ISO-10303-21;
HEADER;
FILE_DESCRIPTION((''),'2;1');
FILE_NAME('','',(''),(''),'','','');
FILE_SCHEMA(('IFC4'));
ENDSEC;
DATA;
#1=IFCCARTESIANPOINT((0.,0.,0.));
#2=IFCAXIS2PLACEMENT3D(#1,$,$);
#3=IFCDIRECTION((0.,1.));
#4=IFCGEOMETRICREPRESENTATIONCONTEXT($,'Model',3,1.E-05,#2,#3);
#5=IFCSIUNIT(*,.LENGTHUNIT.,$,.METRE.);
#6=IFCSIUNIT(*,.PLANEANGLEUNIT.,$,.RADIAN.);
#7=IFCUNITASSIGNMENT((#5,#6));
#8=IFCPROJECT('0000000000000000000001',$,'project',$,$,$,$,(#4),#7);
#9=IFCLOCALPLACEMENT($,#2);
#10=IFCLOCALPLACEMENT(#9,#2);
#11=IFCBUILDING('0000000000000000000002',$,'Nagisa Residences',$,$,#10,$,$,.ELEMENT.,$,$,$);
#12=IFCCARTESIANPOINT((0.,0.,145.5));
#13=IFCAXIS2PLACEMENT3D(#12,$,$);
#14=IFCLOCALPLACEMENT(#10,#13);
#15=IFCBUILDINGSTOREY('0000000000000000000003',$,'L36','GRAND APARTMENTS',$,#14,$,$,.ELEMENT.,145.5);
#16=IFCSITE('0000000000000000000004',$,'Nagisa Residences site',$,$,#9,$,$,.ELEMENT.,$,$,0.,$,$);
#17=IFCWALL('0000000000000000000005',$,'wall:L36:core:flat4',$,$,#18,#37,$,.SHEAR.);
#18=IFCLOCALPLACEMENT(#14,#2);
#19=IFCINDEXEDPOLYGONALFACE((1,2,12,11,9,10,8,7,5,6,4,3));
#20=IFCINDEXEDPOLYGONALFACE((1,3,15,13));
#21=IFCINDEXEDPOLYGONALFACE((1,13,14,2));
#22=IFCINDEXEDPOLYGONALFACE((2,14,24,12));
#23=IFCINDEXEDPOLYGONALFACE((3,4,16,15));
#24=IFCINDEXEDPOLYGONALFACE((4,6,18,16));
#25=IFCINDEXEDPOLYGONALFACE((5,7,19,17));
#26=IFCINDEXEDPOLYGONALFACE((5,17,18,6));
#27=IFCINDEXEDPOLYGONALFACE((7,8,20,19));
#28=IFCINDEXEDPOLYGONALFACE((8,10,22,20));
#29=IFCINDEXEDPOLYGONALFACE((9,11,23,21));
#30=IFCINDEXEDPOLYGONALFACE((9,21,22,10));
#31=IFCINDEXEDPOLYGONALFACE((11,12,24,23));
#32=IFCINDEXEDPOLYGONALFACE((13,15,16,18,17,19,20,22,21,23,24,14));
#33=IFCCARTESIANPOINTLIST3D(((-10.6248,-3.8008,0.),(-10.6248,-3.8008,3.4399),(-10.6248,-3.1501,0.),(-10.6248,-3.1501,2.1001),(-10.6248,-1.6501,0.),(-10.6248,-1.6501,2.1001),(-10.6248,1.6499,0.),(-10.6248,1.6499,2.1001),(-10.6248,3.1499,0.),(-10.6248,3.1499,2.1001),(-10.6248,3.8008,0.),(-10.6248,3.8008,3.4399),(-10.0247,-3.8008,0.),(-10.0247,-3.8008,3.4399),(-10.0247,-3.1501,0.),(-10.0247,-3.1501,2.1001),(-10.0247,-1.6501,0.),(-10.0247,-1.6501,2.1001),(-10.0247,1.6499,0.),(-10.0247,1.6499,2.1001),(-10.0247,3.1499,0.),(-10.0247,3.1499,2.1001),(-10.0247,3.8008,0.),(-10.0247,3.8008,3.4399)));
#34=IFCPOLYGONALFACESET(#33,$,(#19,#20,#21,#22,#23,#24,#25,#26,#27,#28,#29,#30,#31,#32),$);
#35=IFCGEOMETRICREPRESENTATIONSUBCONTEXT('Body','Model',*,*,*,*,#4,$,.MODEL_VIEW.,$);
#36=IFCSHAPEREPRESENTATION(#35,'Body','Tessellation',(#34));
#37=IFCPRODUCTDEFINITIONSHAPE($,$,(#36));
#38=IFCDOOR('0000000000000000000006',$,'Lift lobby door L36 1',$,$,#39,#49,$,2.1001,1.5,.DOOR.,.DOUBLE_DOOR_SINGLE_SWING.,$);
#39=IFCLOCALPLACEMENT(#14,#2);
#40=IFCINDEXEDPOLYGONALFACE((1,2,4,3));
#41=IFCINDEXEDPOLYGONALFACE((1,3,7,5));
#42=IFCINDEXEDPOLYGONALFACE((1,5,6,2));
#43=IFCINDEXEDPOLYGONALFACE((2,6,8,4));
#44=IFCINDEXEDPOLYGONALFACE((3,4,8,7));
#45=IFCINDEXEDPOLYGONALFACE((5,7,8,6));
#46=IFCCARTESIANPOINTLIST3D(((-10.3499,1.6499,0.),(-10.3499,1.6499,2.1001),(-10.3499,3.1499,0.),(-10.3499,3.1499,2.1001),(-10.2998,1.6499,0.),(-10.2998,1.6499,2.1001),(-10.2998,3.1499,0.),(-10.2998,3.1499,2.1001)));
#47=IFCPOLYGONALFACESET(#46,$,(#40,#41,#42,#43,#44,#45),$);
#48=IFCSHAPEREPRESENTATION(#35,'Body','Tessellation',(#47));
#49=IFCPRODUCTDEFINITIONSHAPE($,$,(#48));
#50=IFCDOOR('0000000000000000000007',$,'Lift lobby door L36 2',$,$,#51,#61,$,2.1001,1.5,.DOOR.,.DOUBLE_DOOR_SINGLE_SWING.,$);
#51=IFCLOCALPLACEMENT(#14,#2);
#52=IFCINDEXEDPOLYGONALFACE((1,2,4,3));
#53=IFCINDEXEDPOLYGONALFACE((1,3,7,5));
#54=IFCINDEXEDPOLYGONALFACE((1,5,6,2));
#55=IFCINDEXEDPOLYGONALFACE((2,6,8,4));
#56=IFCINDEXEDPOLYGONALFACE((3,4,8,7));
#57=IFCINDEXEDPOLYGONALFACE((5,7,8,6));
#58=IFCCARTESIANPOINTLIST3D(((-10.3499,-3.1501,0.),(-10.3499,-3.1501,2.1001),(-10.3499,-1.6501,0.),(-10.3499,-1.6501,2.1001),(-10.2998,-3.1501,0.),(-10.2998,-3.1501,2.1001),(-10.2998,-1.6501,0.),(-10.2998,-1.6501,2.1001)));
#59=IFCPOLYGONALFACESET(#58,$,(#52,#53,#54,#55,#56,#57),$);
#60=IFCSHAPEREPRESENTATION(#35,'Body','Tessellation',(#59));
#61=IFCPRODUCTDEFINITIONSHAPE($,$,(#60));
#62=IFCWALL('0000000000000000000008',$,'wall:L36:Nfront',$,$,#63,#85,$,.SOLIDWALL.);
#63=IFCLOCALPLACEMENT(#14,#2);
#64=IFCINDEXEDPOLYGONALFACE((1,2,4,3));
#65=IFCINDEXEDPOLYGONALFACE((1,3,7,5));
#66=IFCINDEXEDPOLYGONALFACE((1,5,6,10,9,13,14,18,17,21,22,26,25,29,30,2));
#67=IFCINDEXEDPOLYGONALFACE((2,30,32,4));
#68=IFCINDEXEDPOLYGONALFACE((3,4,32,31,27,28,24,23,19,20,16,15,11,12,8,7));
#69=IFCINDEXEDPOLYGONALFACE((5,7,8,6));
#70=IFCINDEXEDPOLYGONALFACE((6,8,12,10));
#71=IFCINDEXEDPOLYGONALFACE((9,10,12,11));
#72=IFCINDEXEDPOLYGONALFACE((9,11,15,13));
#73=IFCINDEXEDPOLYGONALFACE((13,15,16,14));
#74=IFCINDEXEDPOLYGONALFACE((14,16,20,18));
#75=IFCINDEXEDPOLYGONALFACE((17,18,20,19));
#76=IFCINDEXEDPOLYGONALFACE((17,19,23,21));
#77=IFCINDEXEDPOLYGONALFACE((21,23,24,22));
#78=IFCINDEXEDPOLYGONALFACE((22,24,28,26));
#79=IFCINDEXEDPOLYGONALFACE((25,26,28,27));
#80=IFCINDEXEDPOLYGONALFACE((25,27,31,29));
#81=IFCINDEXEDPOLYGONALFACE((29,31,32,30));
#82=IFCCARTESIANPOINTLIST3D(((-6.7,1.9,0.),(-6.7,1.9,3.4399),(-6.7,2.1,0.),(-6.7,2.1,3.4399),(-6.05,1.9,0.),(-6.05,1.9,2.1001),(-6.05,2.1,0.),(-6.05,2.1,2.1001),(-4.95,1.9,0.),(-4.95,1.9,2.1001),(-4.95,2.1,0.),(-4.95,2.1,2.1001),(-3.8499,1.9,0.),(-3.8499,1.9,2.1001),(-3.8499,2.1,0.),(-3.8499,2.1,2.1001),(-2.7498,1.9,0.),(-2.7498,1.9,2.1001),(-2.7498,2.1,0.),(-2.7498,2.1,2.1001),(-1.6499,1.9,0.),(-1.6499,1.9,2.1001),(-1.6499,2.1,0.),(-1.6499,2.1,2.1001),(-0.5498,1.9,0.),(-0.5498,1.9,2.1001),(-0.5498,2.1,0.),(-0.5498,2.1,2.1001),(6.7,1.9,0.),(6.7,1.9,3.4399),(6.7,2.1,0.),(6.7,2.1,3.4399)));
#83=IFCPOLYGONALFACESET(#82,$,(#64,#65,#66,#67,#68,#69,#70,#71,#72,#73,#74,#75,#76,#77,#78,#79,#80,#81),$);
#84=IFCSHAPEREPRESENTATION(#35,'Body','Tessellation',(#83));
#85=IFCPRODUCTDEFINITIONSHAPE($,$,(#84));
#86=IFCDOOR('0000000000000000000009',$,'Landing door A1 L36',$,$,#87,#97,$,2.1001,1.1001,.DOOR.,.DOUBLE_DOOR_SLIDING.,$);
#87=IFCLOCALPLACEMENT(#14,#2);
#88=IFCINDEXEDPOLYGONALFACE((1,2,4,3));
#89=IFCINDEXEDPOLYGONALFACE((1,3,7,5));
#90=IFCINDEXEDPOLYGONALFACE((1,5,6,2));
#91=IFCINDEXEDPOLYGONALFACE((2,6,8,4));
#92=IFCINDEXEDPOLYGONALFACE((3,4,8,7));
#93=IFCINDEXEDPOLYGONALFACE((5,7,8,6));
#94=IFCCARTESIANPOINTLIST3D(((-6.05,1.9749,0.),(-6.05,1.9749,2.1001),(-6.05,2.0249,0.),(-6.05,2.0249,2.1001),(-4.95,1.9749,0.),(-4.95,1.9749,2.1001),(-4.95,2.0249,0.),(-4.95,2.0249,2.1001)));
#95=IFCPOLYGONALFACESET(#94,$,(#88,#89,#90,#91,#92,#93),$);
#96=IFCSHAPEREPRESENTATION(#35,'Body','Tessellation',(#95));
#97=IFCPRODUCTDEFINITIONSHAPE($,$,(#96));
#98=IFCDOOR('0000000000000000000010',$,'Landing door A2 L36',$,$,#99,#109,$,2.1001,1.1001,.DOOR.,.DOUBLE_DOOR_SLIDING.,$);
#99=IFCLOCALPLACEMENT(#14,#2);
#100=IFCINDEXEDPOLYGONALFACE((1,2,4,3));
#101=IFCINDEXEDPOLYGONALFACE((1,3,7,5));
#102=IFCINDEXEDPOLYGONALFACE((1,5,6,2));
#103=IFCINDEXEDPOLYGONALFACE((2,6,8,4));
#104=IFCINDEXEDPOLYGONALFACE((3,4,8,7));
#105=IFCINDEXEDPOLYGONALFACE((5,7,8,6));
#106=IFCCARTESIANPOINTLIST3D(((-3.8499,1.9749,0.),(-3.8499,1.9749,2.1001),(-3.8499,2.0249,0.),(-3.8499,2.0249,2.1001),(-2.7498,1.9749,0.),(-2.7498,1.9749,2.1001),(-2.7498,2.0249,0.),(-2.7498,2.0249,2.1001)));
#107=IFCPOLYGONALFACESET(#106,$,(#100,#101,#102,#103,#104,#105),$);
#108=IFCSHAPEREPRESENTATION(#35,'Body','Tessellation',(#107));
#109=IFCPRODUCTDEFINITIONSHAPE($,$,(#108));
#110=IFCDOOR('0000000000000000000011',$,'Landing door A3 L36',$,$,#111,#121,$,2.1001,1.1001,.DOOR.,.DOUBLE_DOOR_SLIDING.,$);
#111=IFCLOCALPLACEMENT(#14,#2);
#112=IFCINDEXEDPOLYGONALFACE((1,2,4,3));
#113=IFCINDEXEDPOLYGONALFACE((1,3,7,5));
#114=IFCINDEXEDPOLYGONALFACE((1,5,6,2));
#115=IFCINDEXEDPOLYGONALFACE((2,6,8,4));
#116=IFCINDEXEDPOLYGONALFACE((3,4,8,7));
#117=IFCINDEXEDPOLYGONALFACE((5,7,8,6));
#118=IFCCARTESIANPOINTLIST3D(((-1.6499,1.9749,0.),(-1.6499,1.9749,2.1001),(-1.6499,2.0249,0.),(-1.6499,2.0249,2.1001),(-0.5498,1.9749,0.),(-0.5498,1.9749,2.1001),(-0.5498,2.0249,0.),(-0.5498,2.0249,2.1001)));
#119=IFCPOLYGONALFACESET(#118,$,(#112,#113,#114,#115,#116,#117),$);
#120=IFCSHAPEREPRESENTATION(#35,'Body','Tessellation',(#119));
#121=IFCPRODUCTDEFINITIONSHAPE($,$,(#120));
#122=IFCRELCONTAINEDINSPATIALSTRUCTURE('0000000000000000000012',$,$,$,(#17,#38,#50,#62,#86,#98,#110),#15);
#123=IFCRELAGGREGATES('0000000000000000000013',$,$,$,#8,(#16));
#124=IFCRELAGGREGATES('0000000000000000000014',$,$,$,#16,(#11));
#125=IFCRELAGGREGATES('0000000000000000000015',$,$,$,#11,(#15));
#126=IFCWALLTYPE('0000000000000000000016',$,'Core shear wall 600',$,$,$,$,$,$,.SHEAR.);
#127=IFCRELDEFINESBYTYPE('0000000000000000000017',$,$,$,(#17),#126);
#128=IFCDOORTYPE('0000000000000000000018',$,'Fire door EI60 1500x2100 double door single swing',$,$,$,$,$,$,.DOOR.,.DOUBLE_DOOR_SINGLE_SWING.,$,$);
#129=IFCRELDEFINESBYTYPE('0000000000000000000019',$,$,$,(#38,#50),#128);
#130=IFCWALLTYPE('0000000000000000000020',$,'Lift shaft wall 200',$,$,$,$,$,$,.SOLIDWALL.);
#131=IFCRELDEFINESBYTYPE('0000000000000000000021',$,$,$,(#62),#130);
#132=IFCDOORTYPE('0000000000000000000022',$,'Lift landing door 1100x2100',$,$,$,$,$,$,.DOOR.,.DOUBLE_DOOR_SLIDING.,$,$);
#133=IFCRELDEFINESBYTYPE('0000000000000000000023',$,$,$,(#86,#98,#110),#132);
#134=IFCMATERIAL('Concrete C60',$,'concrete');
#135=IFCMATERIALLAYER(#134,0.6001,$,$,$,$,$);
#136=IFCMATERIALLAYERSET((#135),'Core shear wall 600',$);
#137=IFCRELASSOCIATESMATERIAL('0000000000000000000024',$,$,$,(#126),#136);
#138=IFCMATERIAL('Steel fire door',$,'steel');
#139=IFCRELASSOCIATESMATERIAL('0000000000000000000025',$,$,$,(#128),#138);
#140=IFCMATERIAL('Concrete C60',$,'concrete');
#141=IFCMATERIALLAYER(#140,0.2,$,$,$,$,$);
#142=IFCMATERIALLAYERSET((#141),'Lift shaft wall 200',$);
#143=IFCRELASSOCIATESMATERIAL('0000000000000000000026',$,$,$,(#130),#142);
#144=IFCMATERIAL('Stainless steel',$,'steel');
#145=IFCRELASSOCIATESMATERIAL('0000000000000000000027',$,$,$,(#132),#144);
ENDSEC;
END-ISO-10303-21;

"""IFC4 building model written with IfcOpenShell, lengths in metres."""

from ifc_helpers import new_model, si_unit, direction, frame, frame_2d, origin, place, context, subcontext, project, spatial, rectangle, extrude, material, layer, layer_set, type_object, element, fill, save


model = new_model("IFC4")

# Units and contexts
model_context = context("Model", 3, precision=1e-05, world=origin(), true_north=direction((0.0, 1.0)))
body_context = subcontext(model_context, "Body", "Model", "MODEL_VIEW")
ifc_project = project(units=[si_unit("LENGTHUNIT", "METRE"), si_unit("PLANEANGLEUNIT", "RADIAN")], contexts=[model_context])

# Site, building, storey
site_placement = place(None, origin())
site = spatial("IfcSite", under=ifc_project, at=site_placement, Name="Nagisa Residences site", CompositionType="ELEMENT", RefElevation=0.0)
building_placement = place(site_placement, origin())
building = spatial("IfcBuilding", under=site, at=building_placement, Name="Nagisa Residences", CompositionType="ELEMENT")
storey_placement = place(building_placement, frame((0.0, 0.0, 145.5)))
storey = spatial("IfcBuildingStorey", under=building, at=storey_placement, Name="L36", Description="GRAND APARTMENTS", CompositionType="ELEMENT", Elevation=145.5)

# Walls, openings, doors
ifc_material_1 = material(Name="Concrete C60", Category="concrete")
ifc_layer_1 = layer(ifc_material_1, 0.6001)
ifc_layer_set_1 = layer_set([ifc_layer_1], Name="Core shear wall 600")
wall_type_1 = type_object("IfcWallType", Name="Core shear wall 600", PredefinedType="SHEAR", material=ifc_layer_set_1)
wall_1_placement = place(storey_placement, frame((-10.3247, 3.8008, 0.0), z_axis=(0.0, 0.0, 1.0), x_axis=(0.0, -1.0, 0.0)))
wall_1 = element("IfcWall", 1, at=wall_1_placement, inside=storey, type_object=wall_type_1, Name="wall:L36:core:flat4", PredefinedType="SHEAR", context=body_context, shape_type="SweptSolid", body=[
    extrude(rectangle(XDim=7.6016, YDim=0.6001, at=frame_2d((3.8008, 0.0))), origin(), (0.0, 0.0, 1.0), 3.4399),
])
opening_1_placement = place(wall_1_placement, frame((0.6509, 0.0, 0.0)))
opening_1 = element("IfcOpeningElement", 2, at=opening_1_placement, cuts=wall_1, PredefinedType="OPENING", context=body_context, shape_type="SweptSolid", body=[
    extrude(rectangle(XDim=1.5, YDim=2.1001, at=frame_2d((0.75, 1.05))), frame((0.0, 0.3101, 0.0), z_axis=(0.0, -1.0, 0.0), x_axis=(1.0, 0.0, 0.0)), (0.0, 0.0, 1.0), 0.6201),
])
opening_2_placement = place(wall_1_placement, frame((5.4509, 0.0, 0.0)))
opening_2 = element("IfcOpeningElement", 3, at=opening_2_placement, cuts=wall_1, PredefinedType="OPENING", context=body_context, shape_type="SweptSolid", body=[
    extrude(rectangle(XDim=1.5, YDim=2.1001, at=frame_2d((0.75, 1.05))), frame((0.0, 0.3101, 0.0), z_axis=(0.0, -1.0, 0.0), x_axis=(1.0, 0.0, 0.0)), (0.0, 0.0, 1.0), 0.6201),
])
ifc_material_2 = material(Name="Steel fire door", Category="steel")
door_type_1 = type_object("IfcDoorType", Name="Fire door EI60 1500x2100 double door single swing", OperationType="DOUBLE_DOOR_SINGLE_SWING", PredefinedType="DOOR", material=ifc_material_2)
door_1_placement = place(opening_1_placement, origin())
door_1 = element("IfcDoor", 4, at=door_1_placement, inside=storey, type_object=door_type_1, Name="Lift lobby door L36 1", OperationType="DOUBLE_DOOR_SINGLE_SWING", OverallHeight=2.1001, OverallWidth=1.5, PredefinedType="DOOR", context=body_context, shape_type="SweptSolid", body=[
    extrude(rectangle(XDim=1.5, YDim=2.1001, at=frame_2d((0.75, 1.05))), frame((0.0, 0.0249, 0.0), z_axis=(0.0, -1.0, 0.0), x_axis=(1.0, 0.0, 0.0)), (0.0, 0.0, 1.0), 0.05),
])
fill(opening_1, door_1)
door_2_placement = place(opening_2_placement, origin())
door_2 = element("IfcDoor", 5, at=door_2_placement, inside=storey, type_object=door_type_1, Name="Lift lobby door L36 2", OperationType="DOUBLE_DOOR_SINGLE_SWING", OverallHeight=2.1001, OverallWidth=1.5, PredefinedType="DOOR", context=body_context, shape_type="SweptSolid", body=[
    extrude(rectangle(XDim=1.5, YDim=2.1001, at=frame_2d((0.75, 1.05))), frame((0.0, 0.0249, 0.0), z_axis=(0.0, -1.0, 0.0), x_axis=(1.0, 0.0, 0.0)), (0.0, 0.0, 1.0), 0.05),
])
fill(opening_2, door_2)
ifc_material_3 = material(Name="Concrete C60", Category="concrete")
ifc_layer_2 = layer(ifc_material_3, 0.2)
ifc_layer_set_2 = layer_set([ifc_layer_2], Name="Lift shaft wall 200")
wall_type_2 = type_object("IfcWallType", Name="Lift shaft wall 200", PredefinedType="SOLIDWALL", material=ifc_layer_set_2)
wall_2_placement = place(storey_placement, frame((-6.7, 2.0, 0.0), z_axis=(0.0, 0.0, 1.0), x_axis=(1.0, 0.0, 0.0)))
wall_2 = element("IfcWall", 6, at=wall_2_placement, inside=storey, type_object=wall_type_2, Name="wall:L36:Nfront", PredefinedType="SOLIDWALL", context=body_context, shape_type="SweptSolid", body=[
    extrude(rectangle(XDim=13.3999, YDim=0.2, at=frame_2d((6.7, 0.0))), origin(), (0.0, 0.0, 1.0), 3.4399),
])
opening_3_placement = place(wall_2_placement, frame((0.6499, 0.0, 0.0)))
opening_3 = element("IfcOpeningElement", 7, at=opening_3_placement, cuts=wall_2, PredefinedType="OPENING", context=body_context, shape_type="SweptSolid", body=[
    extrude(rectangle(XDim=1.1001, YDim=2.1001, at=frame_2d((0.55, 1.05))), frame((0.0, 0.1099, 0.0), z_axis=(0.0, -1.0, 0.0), x_axis=(1.0, 0.0, 0.0)), (0.0, 0.0, 1.0), 0.22),
])
opening_4_placement = place(wall_2_placement, frame((2.8501, 0.0, 0.0)))
opening_4 = element("IfcOpeningElement", 8, at=opening_4_placement, cuts=wall_2, PredefinedType="OPENING", context=body_context, shape_type="SweptSolid", body=[
    extrude(rectangle(XDim=1.1001, YDim=2.1001, at=frame_2d((0.55, 1.05))), frame((0.0, 0.1099, 0.0), z_axis=(0.0, -1.0, 0.0), x_axis=(1.0, 0.0, 0.0)), (0.0, 0.0, 1.0), 0.22),
])
opening_5_placement = place(wall_2_placement, frame((5.05, 0.0, 0.0)))
opening_5 = element("IfcOpeningElement", 9, at=opening_5_placement, cuts=wall_2, PredefinedType="OPENING", context=body_context, shape_type="SweptSolid", body=[
    extrude(rectangle(XDim=1.1001, YDim=2.1001, at=frame_2d((0.55, 1.05))), frame((0.0, 0.1099, 0.0), z_axis=(0.0, -1.0, 0.0), x_axis=(1.0, 0.0, 0.0)), (0.0, 0.0, 1.0), 0.22),
])
ifc_material_4 = material(Name="Stainless steel", Category="steel")
door_type_2 = type_object("IfcDoorType", Name="Lift landing door 1100x2100", OperationType="DOUBLE_DOOR_SLIDING", PredefinedType="DOOR", material=ifc_material_4)
door_3_placement = place(opening_3_placement, origin())
door_3 = element("IfcDoor", 10, at=door_3_placement, inside=storey, type_object=door_type_2, Name="Landing door A1 L36", OperationType="DOUBLE_DOOR_SLIDING", OverallHeight=2.1001, OverallWidth=1.1001, PredefinedType="DOOR", context=body_context, shape_type="SweptSolid", body=[
    extrude(rectangle(XDim=1.1001, YDim=2.1001, at=frame_2d((0.55, 1.05))), frame((0.0, 0.0249, 0.0), z_axis=(0.0, -1.0, 0.0), x_axis=(1.0, 0.0, 0.0)), (0.0, 0.0, 1.0), 0.05),
])
fill(opening_3, door_3)
door_4_placement = place(opening_4_placement, origin())
door_4 = element("IfcDoor", 11, at=door_4_placement, inside=storey, type_object=door_type_2, Name="Landing door A2 L36", OperationType="DOUBLE_DOOR_SLIDING", OverallHeight=2.1001, OverallWidth=1.1001, PredefinedType="DOOR", context=body_context, shape_type="SweptSolid", body=[
    extrude(rectangle(XDim=1.1001, YDim=2.1001, at=frame_2d((0.55, 1.05))), frame((0.0, 0.0249, 0.0), z_axis=(0.0, -1.0, 0.0), x_axis=(1.0, 0.0, 0.0)), (0.0, 0.0, 1.0), 0.05),
])
fill(opening_4, door_4)
door_5_placement = place(opening_5_placement, origin())
door_5 = element("IfcDoor", 12, at=door_5_placement, inside=storey, type_object=door_type_2, Name="Landing door A3 L36", OperationType="DOUBLE_DOOR_SLIDING", OverallHeight=2.1001, OverallWidth=1.1001, PredefinedType="DOOR", context=body_context, shape_type="SweptSolid", body=[
    extrude(rectangle(XDim=1.1001, YDim=2.1001, at=frame_2d((0.55, 1.05))), frame((0.0, 0.0249, 0.0), z_axis=(0.0, -1.0, 0.0), x_axis=(1.0, 0.0, 0.0)), (0.0, 0.0, 1.0), 0.05),
])
fill(opening_5, door_5)

save(model, "model.ifc")
